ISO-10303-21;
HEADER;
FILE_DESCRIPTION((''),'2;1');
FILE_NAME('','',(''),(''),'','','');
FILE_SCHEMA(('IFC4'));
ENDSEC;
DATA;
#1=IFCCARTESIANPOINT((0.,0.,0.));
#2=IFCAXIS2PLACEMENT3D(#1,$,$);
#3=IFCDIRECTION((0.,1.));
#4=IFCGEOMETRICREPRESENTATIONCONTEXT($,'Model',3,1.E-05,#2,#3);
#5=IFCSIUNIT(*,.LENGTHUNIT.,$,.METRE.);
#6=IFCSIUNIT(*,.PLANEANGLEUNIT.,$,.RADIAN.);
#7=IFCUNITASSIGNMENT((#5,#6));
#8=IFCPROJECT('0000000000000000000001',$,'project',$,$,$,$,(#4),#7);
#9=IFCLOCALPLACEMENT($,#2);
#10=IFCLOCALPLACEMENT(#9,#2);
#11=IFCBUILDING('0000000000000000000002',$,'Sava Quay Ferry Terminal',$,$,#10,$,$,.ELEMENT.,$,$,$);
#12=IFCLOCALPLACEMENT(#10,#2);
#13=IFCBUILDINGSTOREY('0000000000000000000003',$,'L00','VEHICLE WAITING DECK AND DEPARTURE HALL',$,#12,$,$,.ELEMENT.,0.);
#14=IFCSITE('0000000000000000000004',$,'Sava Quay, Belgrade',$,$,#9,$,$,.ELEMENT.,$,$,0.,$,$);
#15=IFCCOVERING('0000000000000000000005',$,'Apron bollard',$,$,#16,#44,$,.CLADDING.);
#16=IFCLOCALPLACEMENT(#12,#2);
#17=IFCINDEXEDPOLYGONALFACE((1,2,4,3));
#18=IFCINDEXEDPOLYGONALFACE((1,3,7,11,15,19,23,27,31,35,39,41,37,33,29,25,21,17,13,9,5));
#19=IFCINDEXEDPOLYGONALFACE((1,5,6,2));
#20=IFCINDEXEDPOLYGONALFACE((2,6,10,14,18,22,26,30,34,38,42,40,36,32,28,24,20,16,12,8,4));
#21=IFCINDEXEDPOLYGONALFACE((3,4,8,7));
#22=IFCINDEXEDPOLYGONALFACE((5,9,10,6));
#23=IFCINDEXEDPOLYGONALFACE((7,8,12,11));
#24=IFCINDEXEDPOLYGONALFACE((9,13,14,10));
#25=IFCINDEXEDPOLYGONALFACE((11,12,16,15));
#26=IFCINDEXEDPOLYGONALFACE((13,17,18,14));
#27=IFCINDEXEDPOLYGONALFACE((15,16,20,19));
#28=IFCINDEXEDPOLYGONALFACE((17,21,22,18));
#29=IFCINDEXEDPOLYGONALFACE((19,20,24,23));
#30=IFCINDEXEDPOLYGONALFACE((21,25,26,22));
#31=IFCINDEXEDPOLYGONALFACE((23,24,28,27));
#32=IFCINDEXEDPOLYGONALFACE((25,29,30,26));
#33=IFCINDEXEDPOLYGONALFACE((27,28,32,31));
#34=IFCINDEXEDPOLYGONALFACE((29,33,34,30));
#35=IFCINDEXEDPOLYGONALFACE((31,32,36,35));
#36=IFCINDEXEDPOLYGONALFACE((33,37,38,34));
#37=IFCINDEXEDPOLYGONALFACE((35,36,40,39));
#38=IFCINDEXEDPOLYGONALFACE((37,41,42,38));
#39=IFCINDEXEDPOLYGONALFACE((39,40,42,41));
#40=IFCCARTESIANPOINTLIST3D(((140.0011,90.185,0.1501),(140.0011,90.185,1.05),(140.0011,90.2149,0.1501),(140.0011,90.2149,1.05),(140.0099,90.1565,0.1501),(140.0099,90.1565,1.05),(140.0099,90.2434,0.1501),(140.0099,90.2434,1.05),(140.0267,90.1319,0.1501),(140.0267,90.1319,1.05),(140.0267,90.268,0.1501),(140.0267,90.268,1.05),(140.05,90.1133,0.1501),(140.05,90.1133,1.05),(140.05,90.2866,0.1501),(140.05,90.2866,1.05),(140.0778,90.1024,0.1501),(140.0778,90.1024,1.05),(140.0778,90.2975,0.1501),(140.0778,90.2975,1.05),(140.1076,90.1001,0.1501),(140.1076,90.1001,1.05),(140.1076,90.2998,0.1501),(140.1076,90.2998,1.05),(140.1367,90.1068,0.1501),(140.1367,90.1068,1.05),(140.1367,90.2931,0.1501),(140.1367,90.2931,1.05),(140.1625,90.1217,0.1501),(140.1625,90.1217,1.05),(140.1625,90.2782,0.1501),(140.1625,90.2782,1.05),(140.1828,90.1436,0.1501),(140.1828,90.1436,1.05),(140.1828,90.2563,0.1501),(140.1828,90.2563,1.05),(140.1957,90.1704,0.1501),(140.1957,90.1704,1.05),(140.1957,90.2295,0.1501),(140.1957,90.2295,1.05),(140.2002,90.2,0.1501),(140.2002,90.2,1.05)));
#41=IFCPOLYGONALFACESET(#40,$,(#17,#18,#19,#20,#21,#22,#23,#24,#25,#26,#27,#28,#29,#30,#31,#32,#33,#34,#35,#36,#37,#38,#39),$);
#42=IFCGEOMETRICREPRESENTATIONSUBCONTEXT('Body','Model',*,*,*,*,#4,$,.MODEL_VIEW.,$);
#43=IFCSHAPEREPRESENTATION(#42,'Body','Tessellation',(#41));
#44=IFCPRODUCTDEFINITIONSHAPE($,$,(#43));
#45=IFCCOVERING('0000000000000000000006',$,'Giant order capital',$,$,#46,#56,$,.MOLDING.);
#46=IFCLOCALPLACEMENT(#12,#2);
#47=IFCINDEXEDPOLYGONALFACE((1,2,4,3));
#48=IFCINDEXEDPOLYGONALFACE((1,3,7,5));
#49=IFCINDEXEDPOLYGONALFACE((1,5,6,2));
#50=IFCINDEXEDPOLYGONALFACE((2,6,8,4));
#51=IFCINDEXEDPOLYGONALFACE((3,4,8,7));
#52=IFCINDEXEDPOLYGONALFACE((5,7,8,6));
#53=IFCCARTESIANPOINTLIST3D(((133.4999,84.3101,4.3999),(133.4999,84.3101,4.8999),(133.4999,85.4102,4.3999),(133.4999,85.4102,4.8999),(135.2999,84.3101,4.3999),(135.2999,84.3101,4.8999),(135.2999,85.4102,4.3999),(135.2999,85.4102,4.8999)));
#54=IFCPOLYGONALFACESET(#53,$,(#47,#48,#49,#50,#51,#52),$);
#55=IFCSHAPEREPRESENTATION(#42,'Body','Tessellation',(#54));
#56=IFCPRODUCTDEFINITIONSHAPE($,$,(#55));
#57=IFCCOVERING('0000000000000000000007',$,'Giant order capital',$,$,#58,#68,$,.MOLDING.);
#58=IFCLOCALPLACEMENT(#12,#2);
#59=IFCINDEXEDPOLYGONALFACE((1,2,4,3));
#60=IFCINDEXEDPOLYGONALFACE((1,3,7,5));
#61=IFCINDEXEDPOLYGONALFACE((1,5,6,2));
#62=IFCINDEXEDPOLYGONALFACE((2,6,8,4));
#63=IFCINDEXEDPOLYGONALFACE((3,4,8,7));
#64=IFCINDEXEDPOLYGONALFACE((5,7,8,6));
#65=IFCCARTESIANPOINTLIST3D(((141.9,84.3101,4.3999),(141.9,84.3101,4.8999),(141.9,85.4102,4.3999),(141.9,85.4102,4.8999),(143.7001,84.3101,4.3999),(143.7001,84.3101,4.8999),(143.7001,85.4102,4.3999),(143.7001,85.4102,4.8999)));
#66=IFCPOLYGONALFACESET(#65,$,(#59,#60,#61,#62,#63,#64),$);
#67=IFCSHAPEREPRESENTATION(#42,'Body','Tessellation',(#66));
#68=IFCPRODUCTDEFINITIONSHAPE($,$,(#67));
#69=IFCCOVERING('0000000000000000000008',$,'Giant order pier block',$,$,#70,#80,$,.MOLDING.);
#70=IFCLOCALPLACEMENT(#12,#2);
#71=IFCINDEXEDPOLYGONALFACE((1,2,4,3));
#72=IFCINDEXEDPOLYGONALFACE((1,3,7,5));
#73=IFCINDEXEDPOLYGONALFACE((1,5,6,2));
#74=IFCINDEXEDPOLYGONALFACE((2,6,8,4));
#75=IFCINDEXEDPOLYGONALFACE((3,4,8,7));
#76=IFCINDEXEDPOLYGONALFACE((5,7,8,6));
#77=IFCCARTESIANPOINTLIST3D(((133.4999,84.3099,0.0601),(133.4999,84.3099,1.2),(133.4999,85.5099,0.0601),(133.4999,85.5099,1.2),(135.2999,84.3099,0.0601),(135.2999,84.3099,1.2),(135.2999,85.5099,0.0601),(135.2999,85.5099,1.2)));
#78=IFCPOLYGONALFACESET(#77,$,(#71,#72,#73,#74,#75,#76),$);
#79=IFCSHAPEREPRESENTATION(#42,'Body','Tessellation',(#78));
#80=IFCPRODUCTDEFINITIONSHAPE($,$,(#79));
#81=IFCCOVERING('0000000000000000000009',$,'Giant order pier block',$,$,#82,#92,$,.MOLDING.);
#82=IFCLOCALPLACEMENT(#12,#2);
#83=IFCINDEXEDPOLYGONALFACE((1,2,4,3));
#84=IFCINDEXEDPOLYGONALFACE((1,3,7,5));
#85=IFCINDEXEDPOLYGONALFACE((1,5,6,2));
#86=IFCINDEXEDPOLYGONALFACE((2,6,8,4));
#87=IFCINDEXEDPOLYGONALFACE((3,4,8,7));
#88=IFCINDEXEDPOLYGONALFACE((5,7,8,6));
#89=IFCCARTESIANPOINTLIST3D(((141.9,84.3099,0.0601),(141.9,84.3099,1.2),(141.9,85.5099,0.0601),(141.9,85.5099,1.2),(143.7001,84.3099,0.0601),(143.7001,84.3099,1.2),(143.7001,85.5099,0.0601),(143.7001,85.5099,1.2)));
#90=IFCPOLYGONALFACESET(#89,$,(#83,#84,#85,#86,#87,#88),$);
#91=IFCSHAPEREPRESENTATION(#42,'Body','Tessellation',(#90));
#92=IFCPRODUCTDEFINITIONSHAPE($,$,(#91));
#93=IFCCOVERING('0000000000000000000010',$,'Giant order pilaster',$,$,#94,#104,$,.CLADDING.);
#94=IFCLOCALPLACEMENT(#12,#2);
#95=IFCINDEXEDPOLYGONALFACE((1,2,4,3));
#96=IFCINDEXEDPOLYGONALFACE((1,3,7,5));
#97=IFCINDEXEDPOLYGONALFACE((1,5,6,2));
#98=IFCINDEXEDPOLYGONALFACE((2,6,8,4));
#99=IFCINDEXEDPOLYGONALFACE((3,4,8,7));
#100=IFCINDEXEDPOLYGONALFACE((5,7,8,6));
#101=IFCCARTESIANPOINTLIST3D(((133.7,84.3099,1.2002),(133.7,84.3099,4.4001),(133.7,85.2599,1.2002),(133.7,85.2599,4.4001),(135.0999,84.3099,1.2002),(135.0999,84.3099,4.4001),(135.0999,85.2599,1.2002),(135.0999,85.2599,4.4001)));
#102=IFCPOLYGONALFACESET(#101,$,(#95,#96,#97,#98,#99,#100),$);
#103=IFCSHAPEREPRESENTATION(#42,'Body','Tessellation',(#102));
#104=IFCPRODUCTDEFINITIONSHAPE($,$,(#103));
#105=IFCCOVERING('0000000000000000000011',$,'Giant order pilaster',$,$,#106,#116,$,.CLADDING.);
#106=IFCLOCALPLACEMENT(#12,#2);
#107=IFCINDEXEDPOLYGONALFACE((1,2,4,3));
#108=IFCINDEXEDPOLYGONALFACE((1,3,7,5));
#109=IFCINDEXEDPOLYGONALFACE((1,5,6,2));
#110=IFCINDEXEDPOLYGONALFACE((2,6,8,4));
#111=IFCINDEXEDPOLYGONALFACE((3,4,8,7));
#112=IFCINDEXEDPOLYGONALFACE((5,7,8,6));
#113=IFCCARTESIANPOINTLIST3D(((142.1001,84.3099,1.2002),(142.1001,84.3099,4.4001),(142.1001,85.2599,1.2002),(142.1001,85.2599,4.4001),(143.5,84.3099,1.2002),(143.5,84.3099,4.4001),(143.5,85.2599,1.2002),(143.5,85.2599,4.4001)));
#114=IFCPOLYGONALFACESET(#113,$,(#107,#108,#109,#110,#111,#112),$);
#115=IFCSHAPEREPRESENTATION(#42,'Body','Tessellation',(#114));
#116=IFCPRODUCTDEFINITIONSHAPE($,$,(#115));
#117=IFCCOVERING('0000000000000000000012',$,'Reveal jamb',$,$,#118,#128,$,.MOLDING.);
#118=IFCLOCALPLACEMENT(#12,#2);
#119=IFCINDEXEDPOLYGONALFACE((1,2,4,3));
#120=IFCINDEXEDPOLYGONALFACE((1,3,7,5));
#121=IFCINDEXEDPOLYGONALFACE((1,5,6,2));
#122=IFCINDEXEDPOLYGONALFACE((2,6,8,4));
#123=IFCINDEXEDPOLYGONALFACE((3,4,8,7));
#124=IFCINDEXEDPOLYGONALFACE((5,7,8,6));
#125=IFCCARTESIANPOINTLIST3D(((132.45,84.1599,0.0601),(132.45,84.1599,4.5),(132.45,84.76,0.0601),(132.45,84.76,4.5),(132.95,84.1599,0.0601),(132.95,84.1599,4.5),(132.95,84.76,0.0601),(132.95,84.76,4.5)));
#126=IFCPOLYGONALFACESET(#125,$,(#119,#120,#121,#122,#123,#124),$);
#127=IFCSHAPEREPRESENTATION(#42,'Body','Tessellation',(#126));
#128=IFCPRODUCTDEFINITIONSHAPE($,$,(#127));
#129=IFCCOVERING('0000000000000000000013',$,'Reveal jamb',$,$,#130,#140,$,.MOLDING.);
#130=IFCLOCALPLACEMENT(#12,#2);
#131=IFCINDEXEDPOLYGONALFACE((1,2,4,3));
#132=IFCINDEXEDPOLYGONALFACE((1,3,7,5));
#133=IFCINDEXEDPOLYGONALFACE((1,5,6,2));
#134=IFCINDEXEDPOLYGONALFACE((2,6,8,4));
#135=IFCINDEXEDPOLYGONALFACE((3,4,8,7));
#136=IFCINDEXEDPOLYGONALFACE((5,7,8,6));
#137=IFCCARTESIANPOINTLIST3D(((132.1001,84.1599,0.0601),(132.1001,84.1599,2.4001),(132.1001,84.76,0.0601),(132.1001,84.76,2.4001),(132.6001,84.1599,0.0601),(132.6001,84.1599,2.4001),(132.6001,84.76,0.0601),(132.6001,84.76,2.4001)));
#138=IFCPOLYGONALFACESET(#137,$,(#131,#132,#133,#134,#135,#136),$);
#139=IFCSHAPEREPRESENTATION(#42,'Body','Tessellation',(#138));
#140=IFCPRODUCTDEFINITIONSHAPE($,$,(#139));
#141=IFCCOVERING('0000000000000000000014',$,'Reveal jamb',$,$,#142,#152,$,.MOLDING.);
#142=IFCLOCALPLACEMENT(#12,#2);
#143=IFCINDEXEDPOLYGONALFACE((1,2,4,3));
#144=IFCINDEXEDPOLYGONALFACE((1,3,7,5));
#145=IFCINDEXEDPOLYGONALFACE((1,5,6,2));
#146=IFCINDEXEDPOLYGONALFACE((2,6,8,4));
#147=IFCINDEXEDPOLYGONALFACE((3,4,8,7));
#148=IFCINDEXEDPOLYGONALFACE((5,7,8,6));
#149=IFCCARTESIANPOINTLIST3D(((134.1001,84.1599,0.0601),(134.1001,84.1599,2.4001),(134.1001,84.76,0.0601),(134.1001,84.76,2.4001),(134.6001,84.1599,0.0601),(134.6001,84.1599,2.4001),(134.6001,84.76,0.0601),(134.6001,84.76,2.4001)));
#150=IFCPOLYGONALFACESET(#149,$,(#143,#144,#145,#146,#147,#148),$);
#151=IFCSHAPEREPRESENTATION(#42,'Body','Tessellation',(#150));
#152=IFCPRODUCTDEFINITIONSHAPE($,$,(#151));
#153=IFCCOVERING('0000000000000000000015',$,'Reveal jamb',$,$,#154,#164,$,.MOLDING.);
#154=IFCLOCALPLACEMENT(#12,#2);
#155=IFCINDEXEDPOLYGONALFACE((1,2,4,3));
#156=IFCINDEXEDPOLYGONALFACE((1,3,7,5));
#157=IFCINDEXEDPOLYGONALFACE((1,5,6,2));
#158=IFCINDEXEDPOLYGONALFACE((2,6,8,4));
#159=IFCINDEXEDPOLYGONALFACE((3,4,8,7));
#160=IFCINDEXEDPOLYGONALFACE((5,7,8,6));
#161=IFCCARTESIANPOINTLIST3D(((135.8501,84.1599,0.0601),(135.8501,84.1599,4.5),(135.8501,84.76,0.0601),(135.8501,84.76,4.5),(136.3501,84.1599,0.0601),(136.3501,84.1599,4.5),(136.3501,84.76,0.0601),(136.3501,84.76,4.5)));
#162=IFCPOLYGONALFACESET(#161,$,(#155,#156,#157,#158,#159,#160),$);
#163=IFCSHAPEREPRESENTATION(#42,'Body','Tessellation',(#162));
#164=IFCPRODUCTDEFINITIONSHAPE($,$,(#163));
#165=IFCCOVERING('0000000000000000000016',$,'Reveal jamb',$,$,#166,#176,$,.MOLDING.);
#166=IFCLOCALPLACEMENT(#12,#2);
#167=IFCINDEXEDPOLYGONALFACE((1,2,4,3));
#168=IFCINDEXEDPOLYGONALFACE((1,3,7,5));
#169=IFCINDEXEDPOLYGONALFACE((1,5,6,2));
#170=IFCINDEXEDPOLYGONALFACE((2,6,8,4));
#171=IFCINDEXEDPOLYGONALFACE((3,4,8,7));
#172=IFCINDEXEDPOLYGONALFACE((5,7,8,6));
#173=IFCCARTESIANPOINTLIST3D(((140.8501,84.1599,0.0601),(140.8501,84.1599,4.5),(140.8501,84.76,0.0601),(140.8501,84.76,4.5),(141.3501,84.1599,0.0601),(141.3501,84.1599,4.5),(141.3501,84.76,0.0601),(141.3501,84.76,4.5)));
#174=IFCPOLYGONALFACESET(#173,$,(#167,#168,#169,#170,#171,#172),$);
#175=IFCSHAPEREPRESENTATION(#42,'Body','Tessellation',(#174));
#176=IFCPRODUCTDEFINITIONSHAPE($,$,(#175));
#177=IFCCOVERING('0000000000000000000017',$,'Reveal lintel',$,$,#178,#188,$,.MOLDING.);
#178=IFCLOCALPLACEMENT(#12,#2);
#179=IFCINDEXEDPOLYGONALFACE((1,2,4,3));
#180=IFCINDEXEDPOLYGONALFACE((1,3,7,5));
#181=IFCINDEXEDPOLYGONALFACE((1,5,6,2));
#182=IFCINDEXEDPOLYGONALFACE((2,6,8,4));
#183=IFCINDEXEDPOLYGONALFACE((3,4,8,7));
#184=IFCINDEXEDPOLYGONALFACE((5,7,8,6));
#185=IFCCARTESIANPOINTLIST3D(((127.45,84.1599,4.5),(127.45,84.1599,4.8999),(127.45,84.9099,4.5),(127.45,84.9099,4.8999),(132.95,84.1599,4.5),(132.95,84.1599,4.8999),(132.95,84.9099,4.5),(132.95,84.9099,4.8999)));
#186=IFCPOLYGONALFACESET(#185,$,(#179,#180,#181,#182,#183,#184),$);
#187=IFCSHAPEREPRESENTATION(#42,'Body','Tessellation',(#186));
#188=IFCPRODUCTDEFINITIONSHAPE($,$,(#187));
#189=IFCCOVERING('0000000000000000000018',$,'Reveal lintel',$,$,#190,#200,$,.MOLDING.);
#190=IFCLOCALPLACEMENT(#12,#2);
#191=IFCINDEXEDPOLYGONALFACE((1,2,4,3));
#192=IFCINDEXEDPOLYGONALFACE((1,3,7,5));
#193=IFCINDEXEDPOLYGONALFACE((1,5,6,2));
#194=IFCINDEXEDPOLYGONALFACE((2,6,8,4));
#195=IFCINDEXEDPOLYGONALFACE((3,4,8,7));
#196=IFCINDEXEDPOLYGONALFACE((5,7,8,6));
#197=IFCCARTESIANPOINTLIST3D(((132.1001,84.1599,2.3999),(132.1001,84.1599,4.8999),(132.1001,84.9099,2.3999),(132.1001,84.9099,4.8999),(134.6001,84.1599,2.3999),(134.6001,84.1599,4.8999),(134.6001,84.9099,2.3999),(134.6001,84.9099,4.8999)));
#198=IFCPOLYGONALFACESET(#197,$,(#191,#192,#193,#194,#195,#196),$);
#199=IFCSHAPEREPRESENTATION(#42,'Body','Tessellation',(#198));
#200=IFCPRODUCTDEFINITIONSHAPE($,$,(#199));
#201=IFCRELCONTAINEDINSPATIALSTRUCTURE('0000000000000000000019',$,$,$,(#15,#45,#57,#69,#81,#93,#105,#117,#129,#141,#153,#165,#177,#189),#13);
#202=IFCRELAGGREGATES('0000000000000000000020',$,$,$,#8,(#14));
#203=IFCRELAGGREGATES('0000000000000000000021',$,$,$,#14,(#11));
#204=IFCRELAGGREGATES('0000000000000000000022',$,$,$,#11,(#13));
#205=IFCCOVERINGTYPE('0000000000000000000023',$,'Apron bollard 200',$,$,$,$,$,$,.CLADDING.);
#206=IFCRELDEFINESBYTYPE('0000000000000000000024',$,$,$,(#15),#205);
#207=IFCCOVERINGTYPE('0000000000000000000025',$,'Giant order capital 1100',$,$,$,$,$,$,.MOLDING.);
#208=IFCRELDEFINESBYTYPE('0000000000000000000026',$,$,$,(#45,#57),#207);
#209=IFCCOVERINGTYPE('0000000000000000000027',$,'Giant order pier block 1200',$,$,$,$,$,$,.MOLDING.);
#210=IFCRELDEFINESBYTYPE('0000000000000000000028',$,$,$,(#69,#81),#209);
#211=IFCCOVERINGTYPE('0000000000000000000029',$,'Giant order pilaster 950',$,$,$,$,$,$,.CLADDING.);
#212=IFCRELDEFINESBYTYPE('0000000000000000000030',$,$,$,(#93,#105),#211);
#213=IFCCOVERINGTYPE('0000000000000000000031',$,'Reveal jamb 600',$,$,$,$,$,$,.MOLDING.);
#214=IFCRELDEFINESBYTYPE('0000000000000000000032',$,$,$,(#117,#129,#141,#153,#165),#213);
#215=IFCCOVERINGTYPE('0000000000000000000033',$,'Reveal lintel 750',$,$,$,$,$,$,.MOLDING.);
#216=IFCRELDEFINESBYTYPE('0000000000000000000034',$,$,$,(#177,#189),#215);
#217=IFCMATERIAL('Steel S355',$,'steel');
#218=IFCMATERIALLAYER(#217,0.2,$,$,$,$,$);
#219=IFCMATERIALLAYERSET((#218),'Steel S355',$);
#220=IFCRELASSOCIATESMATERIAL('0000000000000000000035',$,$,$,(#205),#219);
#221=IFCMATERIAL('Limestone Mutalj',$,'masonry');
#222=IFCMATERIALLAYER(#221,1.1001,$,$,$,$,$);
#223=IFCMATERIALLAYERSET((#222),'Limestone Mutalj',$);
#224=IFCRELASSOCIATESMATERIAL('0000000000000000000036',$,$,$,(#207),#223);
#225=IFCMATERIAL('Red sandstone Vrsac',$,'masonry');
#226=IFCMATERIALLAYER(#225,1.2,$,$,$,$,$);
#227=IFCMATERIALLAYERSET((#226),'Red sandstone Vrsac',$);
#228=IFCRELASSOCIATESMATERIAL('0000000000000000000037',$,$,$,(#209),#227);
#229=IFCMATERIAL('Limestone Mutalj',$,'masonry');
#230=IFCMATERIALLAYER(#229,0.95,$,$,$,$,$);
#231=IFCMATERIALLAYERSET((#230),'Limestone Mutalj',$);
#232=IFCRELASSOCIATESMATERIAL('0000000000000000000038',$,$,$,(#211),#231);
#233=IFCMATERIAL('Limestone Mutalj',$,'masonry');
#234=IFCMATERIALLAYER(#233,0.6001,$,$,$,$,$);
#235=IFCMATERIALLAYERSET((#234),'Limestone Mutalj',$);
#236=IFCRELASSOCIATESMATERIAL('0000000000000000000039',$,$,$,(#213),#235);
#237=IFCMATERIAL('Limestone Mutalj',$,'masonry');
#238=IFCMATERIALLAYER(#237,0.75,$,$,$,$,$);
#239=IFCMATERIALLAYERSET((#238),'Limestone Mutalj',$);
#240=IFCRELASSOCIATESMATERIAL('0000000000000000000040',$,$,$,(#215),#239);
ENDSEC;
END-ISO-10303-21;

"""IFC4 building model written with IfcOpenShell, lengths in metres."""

from ifc_helpers import new_model, si_unit, direction, frame, origin, origin_2d, place, context, subcontext, project, spatial, rectangle, circle, extrude, material, layer, layer_set, type_object, element, save


model = new_model("IFC4")

# Units and contexts
model_context = context("Model", 3, precision=1e-05, world=origin(), true_north=direction((0.0, 1.0)))
body_context = subcontext(model_context, "Body", "Model", "MODEL_VIEW")
ifc_project = project(units=[si_unit("LENGTHUNIT", "METRE"), si_unit("PLANEANGLEUNIT", "RADIAN")], contexts=[model_context])

# Site, building, storey
site_placement = place(None, origin())
site = spatial("IfcSite", under=ifc_project, at=site_placement, Name="Sava Quay, Belgrade", CompositionType="ELEMENT", RefElevation=0.0)
building_placement = place(site_placement, origin())
building = spatial("IfcBuilding", under=site, at=building_placement, Name="Sava Quay Ferry Terminal", CompositionType="ELEMENT")
storey_placement = place(building_placement, origin())
storey = spatial("IfcBuildingStorey", under=building, at=storey_placement, Name="L00", Description="VEHICLE WAITING DECK AND DEPARTURE HALL", CompositionType="ELEMENT", Elevation=0.0)

# Coverings
ifc_material_1 = material(Name="Steel S355", Category="steel")
ifc_layer_1 = layer(ifc_material_1, 0.2)
ifc_layer_set_1 = layer_set([ifc_layer_1], Name="Steel S355")
covering_type_1 = type_object("IfcCoveringType", Name="Apron bollard 200", PredefinedType="CLADDING", material=ifc_layer_set_1)
for number, where, z_axis, x_axis, name in (
    (1, (140.1001, 90.2, 1.05), (0.0, 0.0, -1.0), (1.0, 0.0, 0.0), "Apron bollard"),
):
    element("IfcCovering", number, at=place(storey_placement, frame(where, z_axis=z_axis, x_axis=x_axis)), inside=storey, type_object=covering_type_1, Name=name, PredefinedType="CLADDING", context=body_context, shape_type="SweptSolid", body=[
        extrude(circle(Radius=0.1001, at=origin_2d()), origin(), (0.0, 0.0, 1.0), 0.8999),
    ])
ifc_material_2 = material(Name="Limestone Mutalj", Category="masonry")
ifc_layer_2 = layer(ifc_material_2, 1.1001)
ifc_layer_set_2 = layer_set([ifc_layer_2], Name="Limestone Mutalj")
covering_type_2 = type_object("IfcCoveringType", Name="Giant order capital 1100", PredefinedType="MOLDING", material=ifc_layer_set_2)
for number, where, z_axis, x_axis, name in (
    (2, (134.3999, 84.8601, 4.3999), (0.0, 0.0, 1.0), (1.0, 0.0, 0.0), "Giant order capital"),
    (3, (142.8, 84.8601, 4.3999), (0.0, 0.0, 1.0), (1.0, 0.0, 0.0), "Giant order capital"),
):
    element("IfcCovering", number, at=place(storey_placement, frame(where, z_axis=z_axis, x_axis=x_axis)), inside=storey, type_object=covering_type_2, Name=name, PredefinedType="MOLDING", context=body_context, shape_type="SweptSolid", body=[
        extrude(rectangle(XDim=1.8, YDim=1.1001, at=origin_2d()), origin(), (0.0, 0.0, 1.0), 0.5),
    ])
ifc_material_3 = material(Name="Red sandstone Vrsac", Category="masonry")
ifc_layer_3 = layer(ifc_material_3, 1.2)
ifc_layer_set_3 = layer_set([ifc_layer_3], Name="Red sandstone Vrsac")
covering_type_3 = type_object("IfcCoveringType", Name="Giant order pier block 1200", PredefinedType="MOLDING", material=ifc_layer_set_3)
for number, where, z_axis, x_axis, name in (
    (4, (134.3999, 84.9099, 0.0601), (0.0, 0.0, 1.0), (1.0, 0.0, 0.0), "Giant order pier block"),
    (5, (142.8, 84.9099, 0.0601), (0.0, 0.0, 1.0), (1.0, 0.0, 0.0), "Giant order pier block"),
):
    element("IfcCovering", number, at=place(storey_placement, frame(where, z_axis=z_axis, x_axis=x_axis)), inside=storey, type_object=covering_type_3, Name=name, PredefinedType="MOLDING", context=body_context, shape_type="SweptSolid", body=[
        extrude(rectangle(XDim=1.8, YDim=1.2, at=origin_2d()), origin(), (0.0, 0.0, 1.0), 1.1399),
    ])
ifc_material_4 = material(Name="Limestone Mutalj", Category="masonry")
ifc_layer_4 = layer(ifc_material_4, 0.95)
ifc_layer_set_4 = layer_set([ifc_layer_4], Name="Limestone Mutalj")
covering_type_4 = type_object("IfcCoveringType", Name="Giant order pilaster 950", PredefinedType="CLADDING", material=ifc_layer_set_4)
for number, where, z_axis, x_axis, name in (
    (6, (134.3999, 84.7849, 1.2002), (0.0, 0.0, 1.0), (1.0, 0.0, 0.0), "Giant order pilaster"),
    (7, (142.8, 84.7849, 1.2002), (0.0, 0.0, 1.0), (1.0, 0.0, 0.0), "Giant order pilaster"),
):
    element("IfcCovering", number, at=place(storey_placement, frame(where, z_axis=z_axis, x_axis=x_axis)), inside=storey, type_object=covering_type_4, Name=name, PredefinedType="CLADDING", context=body_context, shape_type="SweptSolid", body=[
        extrude(rectangle(XDim=1.3999, YDim=0.95, at=origin_2d()), origin(), (0.0, 0.0, 1.0), 3.2),
    ])
ifc_material_5 = material(Name="Limestone Mutalj", Category="masonry")
ifc_layer_5 = layer(ifc_material_5, 0.6001)
ifc_layer_set_5 = layer_set([ifc_layer_5], Name="Limestone Mutalj")
covering_type_5 = type_object("IfcCoveringType", Name="Reveal jamb 600", PredefinedType="MOLDING", material=ifc_layer_set_5)
covering_1_placement = place(storey_placement, frame((132.7, 84.46, 0.0601), z_axis=(0.0, 0.0, 1.0), x_axis=(1.0, 0.0, 0.0)))
element("IfcCovering", 8, at=covering_1_placement, inside=storey, type_object=covering_type_5, Name="Reveal jamb", PredefinedType="MOLDING", context=body_context, shape_type="SweptSolid", body=[
    extrude(rectangle(XDim=0.5, YDim=0.6001, at=origin_2d()), origin(), (0.0, 0.0, 1.0), 4.4399),
])
for number, where, z_axis, x_axis, name in (
    (9, (132.3501, 84.46, 0.0601), (0.0, 0.0, 1.0), (1.0, 0.0, 0.0), "Reveal jamb"),
    (10, (134.3501, 84.46, 0.0601), (0.0, 0.0, 1.0), (1.0, 0.0, 0.0), "Reveal jamb"),
):
    element("IfcCovering", number, at=place(storey_placement, frame(where, z_axis=z_axis, x_axis=x_axis)), inside=storey, type_object=covering_type_5, Name=name, PredefinedType="MOLDING", context=body_context, shape_type="SweptSolid", body=[
        extrude(rectangle(XDim=0.5, YDim=0.6001, at=origin_2d()), origin(), (0.0, 0.0, 1.0), 2.3401),
    ])
for number, where, z_axis, x_axis, name in (
    (11, (136.1001, 84.46, 0.0601), (0.0, 0.0, 1.0), (1.0, 0.0, 0.0), "Reveal jamb"),
    (12, (141.1001, 84.46, 0.0601), (0.0, 0.0, 1.0), (1.0, 0.0, 0.0), "Reveal jamb"),
):
    element("IfcCovering", number, at=place(storey_placement, frame(where, z_axis=z_axis, x_axis=x_axis)), inside=storey, type_object=covering_type_5, Name=name, PredefinedType="MOLDING", context=body_context, shape_type="SweptSolid", body=[
        extrude(rectangle(XDim=0.5, YDim=0.6001, at=origin_2d()), origin(), (0.0, 0.0, 1.0), 4.4399),
    ])
ifc_material_6 = material(Name="Limestone Mutalj", Category="masonry")
ifc_layer_6 = layer(ifc_material_6, 0.75)
ifc_layer_set_6 = layer_set([ifc_layer_6], Name="Limestone Mutalj")
covering_type_6 = type_object("IfcCoveringType", Name="Reveal lintel 750", PredefinedType="MOLDING", material=ifc_layer_set_6)
covering_2_placement = place(storey_placement, frame((130.2, 84.5349, 4.5), z_axis=(0.0, 0.0, 1.0), x_axis=(1.0, 0.0, 0.0)))
element("IfcCovering", 13, at=covering_2_placement, inside=storey, type_object=covering_type_6, Name="Reveal lintel", PredefinedType="MOLDING", context=body_context, shape_type="SweptSolid", body=[
    extrude(rectangle(XDim=5.5, YDim=0.75, at=origin_2d()), origin(), (0.0, 0.0, 1.0), 0.3999),
])
covering_3_placement = place(storey_placement, frame((133.3501, 84.5349, 2.3999), z_axis=(0.0, 0.0, 1.0), x_axis=(1.0, 0.0, 0.0)))
element("IfcCovering", 14, at=covering_3_placement, inside=storey, type_object=covering_type_6, Name="Reveal lintel", PredefinedType="MOLDING", context=body_context, shape_type="SweptSolid", body=[
    extrude(rectangle(XDim=2.5, YDim=0.75, at=origin_2d()), origin(), (0.0, 0.0, 1.0), 2.5),
])

save(model, "model.ifc")
